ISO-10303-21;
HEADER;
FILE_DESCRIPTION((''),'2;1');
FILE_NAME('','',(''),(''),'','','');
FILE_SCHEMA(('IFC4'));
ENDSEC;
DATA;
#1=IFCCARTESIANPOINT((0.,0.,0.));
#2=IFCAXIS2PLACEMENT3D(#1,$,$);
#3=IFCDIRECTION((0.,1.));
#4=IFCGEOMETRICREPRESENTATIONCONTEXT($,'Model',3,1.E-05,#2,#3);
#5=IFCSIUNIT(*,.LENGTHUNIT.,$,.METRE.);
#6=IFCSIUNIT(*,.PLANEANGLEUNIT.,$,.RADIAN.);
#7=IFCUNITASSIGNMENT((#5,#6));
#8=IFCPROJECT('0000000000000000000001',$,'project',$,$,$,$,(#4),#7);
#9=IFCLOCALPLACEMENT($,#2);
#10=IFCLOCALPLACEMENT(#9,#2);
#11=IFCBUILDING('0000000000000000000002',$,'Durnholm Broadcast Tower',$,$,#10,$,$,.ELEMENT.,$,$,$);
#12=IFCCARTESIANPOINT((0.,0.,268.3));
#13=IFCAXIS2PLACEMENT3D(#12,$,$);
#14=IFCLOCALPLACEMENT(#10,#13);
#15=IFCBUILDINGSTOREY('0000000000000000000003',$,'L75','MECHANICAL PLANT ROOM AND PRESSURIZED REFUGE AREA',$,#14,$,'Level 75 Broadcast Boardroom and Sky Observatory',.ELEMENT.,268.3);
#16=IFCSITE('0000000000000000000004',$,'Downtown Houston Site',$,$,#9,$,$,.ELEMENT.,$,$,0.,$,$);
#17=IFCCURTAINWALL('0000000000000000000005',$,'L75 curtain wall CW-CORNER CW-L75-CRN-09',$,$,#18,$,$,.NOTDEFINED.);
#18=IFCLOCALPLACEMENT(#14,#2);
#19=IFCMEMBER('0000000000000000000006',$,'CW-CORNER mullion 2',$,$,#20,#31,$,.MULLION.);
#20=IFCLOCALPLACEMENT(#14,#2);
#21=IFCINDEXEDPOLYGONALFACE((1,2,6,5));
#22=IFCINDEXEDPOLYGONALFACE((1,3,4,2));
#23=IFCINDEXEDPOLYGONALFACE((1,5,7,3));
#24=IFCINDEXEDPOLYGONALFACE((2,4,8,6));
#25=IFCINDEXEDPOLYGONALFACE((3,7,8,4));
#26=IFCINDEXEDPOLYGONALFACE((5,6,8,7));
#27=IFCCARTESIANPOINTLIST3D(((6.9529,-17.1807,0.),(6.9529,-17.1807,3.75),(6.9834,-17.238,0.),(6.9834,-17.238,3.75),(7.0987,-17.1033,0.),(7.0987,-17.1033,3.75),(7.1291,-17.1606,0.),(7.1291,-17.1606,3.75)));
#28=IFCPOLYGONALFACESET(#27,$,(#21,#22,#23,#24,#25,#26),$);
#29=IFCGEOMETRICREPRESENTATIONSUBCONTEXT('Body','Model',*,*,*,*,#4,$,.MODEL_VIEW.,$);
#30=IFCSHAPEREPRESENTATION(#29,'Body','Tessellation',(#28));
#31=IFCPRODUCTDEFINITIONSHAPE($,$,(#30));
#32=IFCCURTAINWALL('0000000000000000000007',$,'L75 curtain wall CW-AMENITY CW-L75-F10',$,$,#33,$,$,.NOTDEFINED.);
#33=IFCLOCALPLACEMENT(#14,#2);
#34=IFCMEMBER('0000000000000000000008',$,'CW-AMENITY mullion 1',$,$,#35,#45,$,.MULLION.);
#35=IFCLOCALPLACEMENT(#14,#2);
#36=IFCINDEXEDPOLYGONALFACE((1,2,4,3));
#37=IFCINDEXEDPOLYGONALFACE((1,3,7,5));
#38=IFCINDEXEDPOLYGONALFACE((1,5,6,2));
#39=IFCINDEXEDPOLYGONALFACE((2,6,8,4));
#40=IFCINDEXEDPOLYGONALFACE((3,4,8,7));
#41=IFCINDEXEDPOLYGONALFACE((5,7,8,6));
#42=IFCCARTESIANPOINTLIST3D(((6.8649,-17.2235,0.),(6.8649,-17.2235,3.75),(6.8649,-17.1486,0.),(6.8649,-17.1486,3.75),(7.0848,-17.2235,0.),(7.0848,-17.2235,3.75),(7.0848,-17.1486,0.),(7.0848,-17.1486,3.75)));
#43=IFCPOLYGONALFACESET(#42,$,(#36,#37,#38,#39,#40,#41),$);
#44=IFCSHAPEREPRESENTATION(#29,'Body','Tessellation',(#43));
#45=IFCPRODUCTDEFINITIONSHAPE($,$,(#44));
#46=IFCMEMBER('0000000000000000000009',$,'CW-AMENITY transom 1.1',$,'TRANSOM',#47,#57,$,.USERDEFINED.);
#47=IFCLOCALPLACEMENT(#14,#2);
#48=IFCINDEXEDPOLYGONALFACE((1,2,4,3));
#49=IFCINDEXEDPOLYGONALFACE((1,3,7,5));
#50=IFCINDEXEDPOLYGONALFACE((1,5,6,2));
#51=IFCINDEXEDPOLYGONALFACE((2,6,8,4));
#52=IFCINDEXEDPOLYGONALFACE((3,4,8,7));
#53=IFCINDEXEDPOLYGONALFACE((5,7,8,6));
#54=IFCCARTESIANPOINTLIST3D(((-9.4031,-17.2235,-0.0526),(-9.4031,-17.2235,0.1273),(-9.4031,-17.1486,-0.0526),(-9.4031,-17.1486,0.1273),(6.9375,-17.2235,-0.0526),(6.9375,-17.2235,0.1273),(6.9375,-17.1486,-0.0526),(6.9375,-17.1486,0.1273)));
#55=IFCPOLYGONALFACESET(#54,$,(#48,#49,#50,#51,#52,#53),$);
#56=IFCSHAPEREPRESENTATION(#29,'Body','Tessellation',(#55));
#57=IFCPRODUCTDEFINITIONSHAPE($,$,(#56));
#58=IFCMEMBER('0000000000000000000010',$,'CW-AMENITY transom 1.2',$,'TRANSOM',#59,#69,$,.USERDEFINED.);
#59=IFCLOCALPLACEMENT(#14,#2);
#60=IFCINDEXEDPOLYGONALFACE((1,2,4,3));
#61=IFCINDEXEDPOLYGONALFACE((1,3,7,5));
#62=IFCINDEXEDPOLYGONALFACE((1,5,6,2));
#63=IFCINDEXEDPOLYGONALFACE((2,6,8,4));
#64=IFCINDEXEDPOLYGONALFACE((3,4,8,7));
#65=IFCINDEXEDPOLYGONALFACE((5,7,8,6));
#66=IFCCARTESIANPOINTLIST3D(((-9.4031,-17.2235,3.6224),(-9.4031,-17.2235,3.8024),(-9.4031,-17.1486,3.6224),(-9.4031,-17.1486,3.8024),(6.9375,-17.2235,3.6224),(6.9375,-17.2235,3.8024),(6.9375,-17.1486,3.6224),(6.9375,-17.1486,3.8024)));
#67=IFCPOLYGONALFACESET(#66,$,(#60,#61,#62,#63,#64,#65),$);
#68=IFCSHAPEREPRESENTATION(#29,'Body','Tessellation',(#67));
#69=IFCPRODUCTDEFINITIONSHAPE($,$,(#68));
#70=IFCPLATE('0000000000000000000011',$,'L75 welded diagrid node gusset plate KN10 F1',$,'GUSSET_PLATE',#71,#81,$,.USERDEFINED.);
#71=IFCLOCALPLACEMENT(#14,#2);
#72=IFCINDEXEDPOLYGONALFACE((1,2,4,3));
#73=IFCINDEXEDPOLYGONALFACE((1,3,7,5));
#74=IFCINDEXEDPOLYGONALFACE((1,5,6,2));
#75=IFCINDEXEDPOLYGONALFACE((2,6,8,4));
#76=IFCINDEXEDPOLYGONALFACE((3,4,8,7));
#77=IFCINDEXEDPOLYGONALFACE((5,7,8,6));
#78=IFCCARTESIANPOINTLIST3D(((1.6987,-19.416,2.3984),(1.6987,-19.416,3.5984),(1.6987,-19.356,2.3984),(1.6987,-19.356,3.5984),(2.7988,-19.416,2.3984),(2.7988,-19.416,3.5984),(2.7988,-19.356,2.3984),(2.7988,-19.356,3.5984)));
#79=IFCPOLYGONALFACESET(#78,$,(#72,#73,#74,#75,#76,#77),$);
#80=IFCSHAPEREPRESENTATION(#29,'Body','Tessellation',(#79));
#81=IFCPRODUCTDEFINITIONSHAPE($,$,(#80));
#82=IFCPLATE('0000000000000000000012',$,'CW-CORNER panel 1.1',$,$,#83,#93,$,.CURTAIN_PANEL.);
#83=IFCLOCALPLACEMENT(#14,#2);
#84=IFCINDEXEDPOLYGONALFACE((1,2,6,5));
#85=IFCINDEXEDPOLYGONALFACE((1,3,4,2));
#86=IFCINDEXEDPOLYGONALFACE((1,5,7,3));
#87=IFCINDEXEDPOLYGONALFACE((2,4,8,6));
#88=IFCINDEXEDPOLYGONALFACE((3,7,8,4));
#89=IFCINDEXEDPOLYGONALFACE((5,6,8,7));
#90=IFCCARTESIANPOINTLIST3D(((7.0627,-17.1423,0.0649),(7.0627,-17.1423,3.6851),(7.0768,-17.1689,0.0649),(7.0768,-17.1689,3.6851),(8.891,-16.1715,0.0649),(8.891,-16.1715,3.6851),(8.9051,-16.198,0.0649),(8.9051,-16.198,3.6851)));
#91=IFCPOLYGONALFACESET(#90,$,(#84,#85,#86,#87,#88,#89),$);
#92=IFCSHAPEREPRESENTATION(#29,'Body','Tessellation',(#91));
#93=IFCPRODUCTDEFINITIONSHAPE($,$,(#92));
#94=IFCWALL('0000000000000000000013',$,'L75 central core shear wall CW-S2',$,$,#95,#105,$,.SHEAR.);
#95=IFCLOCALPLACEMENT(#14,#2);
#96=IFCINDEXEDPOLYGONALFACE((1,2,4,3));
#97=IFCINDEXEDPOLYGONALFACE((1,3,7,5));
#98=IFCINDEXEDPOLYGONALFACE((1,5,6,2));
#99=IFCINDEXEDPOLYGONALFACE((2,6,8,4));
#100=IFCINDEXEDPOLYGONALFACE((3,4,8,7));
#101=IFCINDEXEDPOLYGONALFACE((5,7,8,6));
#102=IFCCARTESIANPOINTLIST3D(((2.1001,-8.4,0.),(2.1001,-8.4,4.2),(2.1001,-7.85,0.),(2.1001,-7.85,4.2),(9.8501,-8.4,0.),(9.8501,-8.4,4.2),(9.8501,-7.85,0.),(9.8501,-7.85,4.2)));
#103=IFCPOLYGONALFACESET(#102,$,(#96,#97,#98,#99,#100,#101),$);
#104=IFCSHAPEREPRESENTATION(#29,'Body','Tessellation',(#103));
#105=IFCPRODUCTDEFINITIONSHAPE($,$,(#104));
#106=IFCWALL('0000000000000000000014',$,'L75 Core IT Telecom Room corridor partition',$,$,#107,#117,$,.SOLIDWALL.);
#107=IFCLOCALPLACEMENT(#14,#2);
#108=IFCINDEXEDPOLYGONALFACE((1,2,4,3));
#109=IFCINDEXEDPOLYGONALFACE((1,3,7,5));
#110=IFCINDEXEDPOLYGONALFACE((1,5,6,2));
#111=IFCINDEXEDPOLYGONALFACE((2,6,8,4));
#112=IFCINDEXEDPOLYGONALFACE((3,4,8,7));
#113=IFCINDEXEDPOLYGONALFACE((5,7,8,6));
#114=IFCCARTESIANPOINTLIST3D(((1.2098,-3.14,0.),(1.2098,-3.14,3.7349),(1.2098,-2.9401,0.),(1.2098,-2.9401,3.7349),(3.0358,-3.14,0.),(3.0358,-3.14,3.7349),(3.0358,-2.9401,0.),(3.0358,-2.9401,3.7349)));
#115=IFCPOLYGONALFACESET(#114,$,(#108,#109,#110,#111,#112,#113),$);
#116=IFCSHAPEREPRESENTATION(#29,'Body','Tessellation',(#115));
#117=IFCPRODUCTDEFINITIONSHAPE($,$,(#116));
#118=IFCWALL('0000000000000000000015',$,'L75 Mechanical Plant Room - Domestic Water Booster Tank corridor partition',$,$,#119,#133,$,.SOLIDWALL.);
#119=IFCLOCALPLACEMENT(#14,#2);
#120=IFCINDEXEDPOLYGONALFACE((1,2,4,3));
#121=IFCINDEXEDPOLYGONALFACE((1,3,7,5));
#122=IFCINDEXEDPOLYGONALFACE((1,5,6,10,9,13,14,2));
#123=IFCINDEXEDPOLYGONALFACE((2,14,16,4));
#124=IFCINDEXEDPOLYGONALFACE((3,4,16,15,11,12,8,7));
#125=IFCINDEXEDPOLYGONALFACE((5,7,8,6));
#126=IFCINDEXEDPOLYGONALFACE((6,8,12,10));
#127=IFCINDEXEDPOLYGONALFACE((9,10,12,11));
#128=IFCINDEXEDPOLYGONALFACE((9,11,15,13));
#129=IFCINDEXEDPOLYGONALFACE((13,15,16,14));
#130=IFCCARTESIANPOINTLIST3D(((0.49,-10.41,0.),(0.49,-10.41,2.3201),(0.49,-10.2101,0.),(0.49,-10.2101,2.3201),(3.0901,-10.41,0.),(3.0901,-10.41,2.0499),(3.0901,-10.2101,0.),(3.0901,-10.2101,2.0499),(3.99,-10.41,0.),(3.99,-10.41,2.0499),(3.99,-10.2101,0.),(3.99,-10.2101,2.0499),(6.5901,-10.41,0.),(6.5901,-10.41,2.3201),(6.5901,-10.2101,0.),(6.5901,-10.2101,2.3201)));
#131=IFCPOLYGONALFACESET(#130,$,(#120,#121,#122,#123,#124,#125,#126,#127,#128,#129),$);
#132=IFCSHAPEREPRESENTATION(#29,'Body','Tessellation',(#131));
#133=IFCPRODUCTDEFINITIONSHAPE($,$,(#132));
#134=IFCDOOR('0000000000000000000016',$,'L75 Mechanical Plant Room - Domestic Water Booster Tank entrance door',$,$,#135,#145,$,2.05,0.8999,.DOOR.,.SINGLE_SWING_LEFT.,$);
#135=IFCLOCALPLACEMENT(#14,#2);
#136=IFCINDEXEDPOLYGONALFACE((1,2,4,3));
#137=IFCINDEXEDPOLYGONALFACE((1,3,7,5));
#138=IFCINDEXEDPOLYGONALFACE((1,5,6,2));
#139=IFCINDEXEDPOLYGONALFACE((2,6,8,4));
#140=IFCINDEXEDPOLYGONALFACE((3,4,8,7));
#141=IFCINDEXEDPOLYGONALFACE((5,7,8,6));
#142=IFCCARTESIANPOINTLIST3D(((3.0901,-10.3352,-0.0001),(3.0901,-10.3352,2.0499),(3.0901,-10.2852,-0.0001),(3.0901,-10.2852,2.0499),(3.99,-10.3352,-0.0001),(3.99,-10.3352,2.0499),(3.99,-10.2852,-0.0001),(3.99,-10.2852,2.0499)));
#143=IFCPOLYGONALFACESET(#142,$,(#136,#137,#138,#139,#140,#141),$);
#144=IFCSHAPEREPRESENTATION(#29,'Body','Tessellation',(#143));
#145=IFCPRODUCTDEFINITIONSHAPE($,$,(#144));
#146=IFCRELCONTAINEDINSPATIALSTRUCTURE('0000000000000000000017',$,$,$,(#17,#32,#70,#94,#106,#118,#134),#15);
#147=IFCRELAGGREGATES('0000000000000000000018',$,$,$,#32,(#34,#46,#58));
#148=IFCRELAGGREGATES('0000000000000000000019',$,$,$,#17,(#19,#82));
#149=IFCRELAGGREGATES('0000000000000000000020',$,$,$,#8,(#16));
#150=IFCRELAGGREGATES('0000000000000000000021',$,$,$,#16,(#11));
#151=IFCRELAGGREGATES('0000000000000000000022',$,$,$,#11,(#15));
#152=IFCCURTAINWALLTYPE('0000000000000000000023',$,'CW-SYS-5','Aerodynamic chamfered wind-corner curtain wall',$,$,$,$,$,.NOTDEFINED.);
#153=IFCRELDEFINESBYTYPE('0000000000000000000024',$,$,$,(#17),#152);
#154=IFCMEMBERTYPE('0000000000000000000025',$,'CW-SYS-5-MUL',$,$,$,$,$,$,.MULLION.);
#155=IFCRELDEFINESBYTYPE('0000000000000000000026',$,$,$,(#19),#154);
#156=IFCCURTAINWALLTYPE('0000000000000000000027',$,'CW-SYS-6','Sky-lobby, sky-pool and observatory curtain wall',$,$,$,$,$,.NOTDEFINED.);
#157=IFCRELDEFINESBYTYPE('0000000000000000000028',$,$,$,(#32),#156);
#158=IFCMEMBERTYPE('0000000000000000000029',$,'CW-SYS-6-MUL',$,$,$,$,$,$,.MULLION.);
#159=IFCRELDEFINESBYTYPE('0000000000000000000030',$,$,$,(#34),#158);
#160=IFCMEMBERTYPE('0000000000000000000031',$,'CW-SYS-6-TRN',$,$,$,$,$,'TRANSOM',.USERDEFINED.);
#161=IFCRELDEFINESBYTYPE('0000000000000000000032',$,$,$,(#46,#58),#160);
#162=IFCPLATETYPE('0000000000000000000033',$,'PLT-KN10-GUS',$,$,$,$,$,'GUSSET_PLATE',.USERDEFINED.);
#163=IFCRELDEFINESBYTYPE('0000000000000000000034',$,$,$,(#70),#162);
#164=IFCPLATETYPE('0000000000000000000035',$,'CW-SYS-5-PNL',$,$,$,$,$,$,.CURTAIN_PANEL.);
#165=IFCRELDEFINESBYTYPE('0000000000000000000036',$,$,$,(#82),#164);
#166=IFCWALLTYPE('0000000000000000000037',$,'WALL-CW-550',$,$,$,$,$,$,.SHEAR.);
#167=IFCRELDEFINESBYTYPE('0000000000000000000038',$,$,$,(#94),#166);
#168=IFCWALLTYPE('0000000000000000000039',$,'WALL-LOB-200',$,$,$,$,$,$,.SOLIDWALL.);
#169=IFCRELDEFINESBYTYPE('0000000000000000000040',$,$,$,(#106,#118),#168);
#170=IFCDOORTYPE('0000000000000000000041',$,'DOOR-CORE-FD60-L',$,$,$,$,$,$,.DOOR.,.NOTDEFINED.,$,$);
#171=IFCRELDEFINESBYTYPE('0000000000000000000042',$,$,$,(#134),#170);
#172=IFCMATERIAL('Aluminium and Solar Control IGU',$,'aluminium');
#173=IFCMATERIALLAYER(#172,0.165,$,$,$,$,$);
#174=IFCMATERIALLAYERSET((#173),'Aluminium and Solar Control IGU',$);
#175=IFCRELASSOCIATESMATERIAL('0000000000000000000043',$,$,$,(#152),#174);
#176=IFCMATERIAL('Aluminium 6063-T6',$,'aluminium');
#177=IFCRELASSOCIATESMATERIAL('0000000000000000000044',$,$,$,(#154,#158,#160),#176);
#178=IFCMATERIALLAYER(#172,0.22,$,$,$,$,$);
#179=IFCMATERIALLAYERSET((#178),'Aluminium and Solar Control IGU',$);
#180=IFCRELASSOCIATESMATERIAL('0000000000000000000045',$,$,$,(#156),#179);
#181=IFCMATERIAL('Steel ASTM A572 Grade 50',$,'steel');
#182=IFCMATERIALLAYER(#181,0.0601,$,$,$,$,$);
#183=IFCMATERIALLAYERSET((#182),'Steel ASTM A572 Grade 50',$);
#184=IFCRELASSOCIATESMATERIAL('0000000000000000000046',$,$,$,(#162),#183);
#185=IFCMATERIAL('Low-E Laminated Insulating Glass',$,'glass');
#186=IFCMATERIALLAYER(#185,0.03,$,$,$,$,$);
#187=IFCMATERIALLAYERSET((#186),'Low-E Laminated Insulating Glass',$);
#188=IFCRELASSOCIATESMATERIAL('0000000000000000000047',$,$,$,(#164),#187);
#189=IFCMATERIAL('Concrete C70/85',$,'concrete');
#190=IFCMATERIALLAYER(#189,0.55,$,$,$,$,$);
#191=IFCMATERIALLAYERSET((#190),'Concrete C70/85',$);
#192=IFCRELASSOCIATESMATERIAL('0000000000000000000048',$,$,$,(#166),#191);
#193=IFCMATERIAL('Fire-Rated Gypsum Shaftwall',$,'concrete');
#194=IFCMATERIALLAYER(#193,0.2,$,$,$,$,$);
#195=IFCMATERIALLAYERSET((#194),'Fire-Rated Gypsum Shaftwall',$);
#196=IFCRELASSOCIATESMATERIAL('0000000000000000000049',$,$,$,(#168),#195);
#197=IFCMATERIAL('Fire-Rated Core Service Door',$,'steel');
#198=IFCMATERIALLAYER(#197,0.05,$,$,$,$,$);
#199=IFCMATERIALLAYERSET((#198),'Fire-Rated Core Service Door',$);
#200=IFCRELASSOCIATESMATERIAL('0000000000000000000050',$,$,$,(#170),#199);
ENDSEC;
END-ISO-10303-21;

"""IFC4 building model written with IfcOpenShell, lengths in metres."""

from ifc_helpers import new_model, si_unit, direction, frame, frame_2d, origin, origin_2d, place, context, subcontext, project, spatial, rectangle, extrude, source, transform, mapped, material, layer, layer_set, material_profile, profile_set, type_object, type_shapes, element, fill, aggregate, save


model = new_model("IFC4")

# Units and contexts
model_context = context("Model", 3, precision=1e-05, world=origin(), true_north=direction((0.0, 1.0)))
body_context = subcontext(model_context, "Body", "Model", "MODEL_VIEW")
ifc_project = project(units=[si_unit("LENGTHUNIT", "METRE"), si_unit("PLANEANGLEUNIT", "RADIAN")], contexts=[model_context])

# Site, building, storey
site_placement = place(None, origin())
site = spatial("IfcSite", under=ifc_project, at=site_placement, Name="Downtown Houston Site", CompositionType="ELEMENT", RefElevation=0.0)
building_placement = place(site_placement, origin())
building = spatial("IfcBuilding", under=site, at=building_placement, Name="Durnholm Broadcast Tower", CompositionType="ELEMENT")
storey_placement = place(building_placement, frame((0.0, 0.0, 268.3)))
storey = spatial("IfcBuildingStorey", under=building, at=storey_placement, Name="L75", Description="MECHANICAL PLANT ROOM AND PRESSURIZED REFUGE AREA", LongName="Level 75 Broadcast Boardroom and Sky Observatory", CompositionType="ELEMENT", Elevation=268.3)

# Shared definitions
ifc_material_1 = material(Name="Concrete C70/85", Category="concrete")

# Curtain wall, member
ifc_material_2 = material(Name="Aluminium and Solar Control IGU", Category="aluminium")
ifc_layer_1 = layer(ifc_material_2, 0.165)
ifc_layer_set_1 = layer_set([ifc_layer_1], Name="Aluminium and Solar Control IGU")
curtain_wall_type_1 = type_object("IfcCurtainWallType", Name="CW-SYS-5", Description="Aerodynamic chamfered wind-corner curtain wall", PredefinedType="NOTDEFINED", material=ifc_layer_set_1)
curtain_wall_1_placement = place(storey_placement, origin())
curtain_wall_1 = element("IfcCurtainWall", 1, at=curtain_wall_1_placement, inside=storey, type_object=curtain_wall_type_1, Name="L75 curtain wall CW-CORNER CW-L75-CRN-09", PredefinedType="NOTDEFINED")
ifc_material_3 = material(Name="Aluminium 6063-T6", Category="aluminium")
ifc_material_profile_1 = material_profile(ifc_material_3, rectangle(XDim=0.0649, YDim=0.165, at=origin_2d()), Name="CWM65X165")
ifc_profile_set_1 = profile_set([ifc_material_profile_1], Name="Aluminium 6063-T6")
member_type_1 = type_object("IfcMemberType", Name="CW-SYS-5-MUL", PredefinedType="MULLION", material=ifc_profile_set_1)
shared_shape_1 = source(origin(), body_context, "Body", "SweptSolid", [
    extrude(rectangle(XDim=0.0649, YDim=0.165, at=origin_2d()), origin(), (0.0, 0.0, 1.0), 3.75),
])
type_shapes(member_type_1, [shared_shape_1])
member_1_placement = place(storey_placement, frame((7.041, -17.1707, 0.0), z_axis=(0.0, 0.0, 1.0), x_axis=(0.469007, -0.883195, 0.0)))
member_1 = element("IfcMember", 2, at=member_1_placement, type_object=member_type_1, Name="CW-CORNER mullion 2", PredefinedType="MULLION", context=body_context, shape_type="MappedRepresentation", body=[
    mapped(shared_shape_1, transform((0.0, 0.0, 0.0), x_axis=(1.0, 0.0, 0.0), y_axis=(0.0, 1.0, 0.0), z_axis=(0.0, 0.0, 1.0), scale=1.0)),
])

# Curtain wall, members
ifc_layer_2 = layer(ifc_material_2, 0.22)
ifc_layer_set_2 = layer_set([ifc_layer_2], Name="Aluminium and Solar Control IGU")
curtain_wall_type_2 = type_object("IfcCurtainWallType", Name="CW-SYS-6", Description="Sky-lobby, sky-pool and observatory curtain wall", PredefinedType="NOTDEFINED", material=ifc_layer_set_2)
curtain_wall_2_placement = place(storey_placement, origin())
curtain_wall_2 = element("IfcCurtainWall", 3, at=curtain_wall_2_placement, inside=storey, type_object=curtain_wall_type_2, Name="L75 curtain wall CW-AMENITY CW-L75-F10", PredefinedType="NOTDEFINED")
ifc_material_profile_2 = material_profile(ifc_material_3, rectangle(XDim=0.075, YDim=0.22, at=origin_2d()), Name="CWM75X220")
ifc_profile_set_2 = profile_set([ifc_material_profile_2], Name="Aluminium 6063-T6")
member_type_2 = type_object("IfcMemberType", Name="CW-SYS-6-MUL", PredefinedType="MULLION", material=ifc_profile_set_2)
shared_shape_2 = source(origin(), body_context, "Body", "SweptSolid", [
    extrude(rectangle(XDim=0.075, YDim=0.22, at=origin_2d()), origin(), (0.0, 0.0, 1.0), 3.75),
])
type_shapes(member_type_2, [shared_shape_2])
member_2_placement = place(storey_placement, frame((6.9749, -17.186, 0.0), z_axis=(0.0, 0.0, 1.0), x_axis=(0.0, -1.0, 0.0)))
member_2 = element("IfcMember", 4, at=member_2_placement, type_object=member_type_2, Name="CW-AMENITY mullion 1", PredefinedType="MULLION", context=body_context, shape_type="MappedRepresentation", body=[
    mapped(shared_shape_2, transform((0.0, 0.0, 0.0), x_axis=(1.0, 0.0, 0.0), y_axis=(0.0, 1.0, 0.0), z_axis=(0.0, 0.0, 1.0), scale=1.0)),
])
ifc_material_profile_3 = material_profile(ifc_material_3, rectangle(XDim=0.075, YDim=0.1799, at=origin_2d()), Name="CWT75X180")
ifc_profile_set_3 = profile_set([ifc_material_profile_3], Name="Aluminium 6063-T6")
member_type_3 = type_object("IfcMemberType", Name="CW-SYS-6-TRN", ElementType="TRANSOM", PredefinedType="USERDEFINED", material=ifc_profile_set_3)
shared_shape_3 = source(origin(), body_context, "Body", "SweptSolid", [
    extrude(rectangle(XDim=0.075, YDim=0.1799, at=origin_2d()), origin(), (0.0, 0.0, 1.0), 16.3406),
])
type_shapes(member_type_3, [shared_shape_3])
member_3_placement = place(storey_placement, frame((6.9375, -17.186, 0.0374), z_axis=(-1.0, 0.0, 0.0), x_axis=(0.0, -1.0, 0.0)))
member_3 = element("IfcMember", 5, at=member_3_placement, type_object=member_type_3, Name="CW-AMENITY transom 1.1", ObjectType="TRANSOM", PredefinedType="USERDEFINED", context=body_context, shape_type="MappedRepresentation", body=[
    mapped(shared_shape_3, transform((0.0, 0.0, 0.0), x_axis=(1.0, 0.0, 0.0), y_axis=(0.0, 1.0, 0.0), z_axis=(0.0, 0.0, 1.0), scale=1.0)),
])
member_4_placement = place(storey_placement, frame((6.9375, -17.186, 3.7124), z_axis=(-1.0, 0.0, 0.0), x_axis=(0.0, -1.0, 0.0)))
member_4 = element("IfcMember", 6, at=member_4_placement, type_object=member_type_3, Name="CW-AMENITY transom 1.2", ObjectType="TRANSOM", PredefinedType="USERDEFINED", context=body_context, shape_type="MappedRepresentation", body=[
    mapped(shared_shape_3, transform((0.0, 0.0, 0.0), x_axis=(1.0, 0.0, 0.0), y_axis=(0.0, 1.0, 0.0), z_axis=(0.0, 0.0, 1.0), scale=1.0)),
])
aggregate(curtain_wall_2, [member_2, member_3, member_4])

# Plates
ifc_material_4 = material(Name="Steel ASTM A572 Grade 50", Category="steel")
ifc_layer_3 = layer(ifc_material_4, 0.0601)
ifc_layer_set_3 = layer_set([ifc_layer_3], Name="Steel ASTM A572 Grade 50")
plate_type_1 = type_object("IfcPlateType", Name="PLT-KN10-GUS", ElementType="GUSSET_PLATE", PredefinedType="USERDEFINED", material=ifc_layer_set_3)
shared_shape_4 = source(origin(), body_context, "Body", "SweptSolid", [
    extrude(rectangle(XDim=1.1001, YDim=0.0601, at=origin_2d()), origin(), (0.0, 0.0, 1.0), 1.2),
])
type_shapes(plate_type_1, [shared_shape_4])
plate_1_placement = place(storey_placement, frame((2.2488, -19.386, 2.3984), z_axis=(0.0, 0.0, 1.0), x_axis=(1.0, 0.0, 0.0)))
element("IfcPlate", 7, at=plate_1_placement, inside=storey, type_object=plate_type_1, Name="L75 welded diagrid node gusset plate KN10 F1", ObjectType="GUSSET_PLATE", PredefinedType="USERDEFINED", context=body_context, shape_type="MappedRepresentation", body=[
    mapped(shared_shape_4, transform((0.0, 0.0, 0.0), x_axis=(1.0, 0.0, 0.0), y_axis=(0.0, 1.0, 0.0), z_axis=(0.0, 0.0, 1.0), scale=1.0)),
])
ifc_material_5 = material(Name="Low-E Laminated Insulating Glass", Category="glass")
ifc_layer_4 = layer(ifc_material_5, 0.03)
ifc_layer_set_4 = layer_set([ifc_layer_4], Name="Low-E Laminated Insulating Glass")
plate_type_2 = type_object("IfcPlateType", Name="CW-SYS-5-PNL", PredefinedType="CURTAIN_PANEL", material=ifc_layer_set_4)
shared_shape_5 = source(origin(), body_context, "Body", "SweptSolid", [
    extrude(rectangle(XDim=2.0701, YDim=0.03, at=origin_2d()), origin(), (0.0, 0.0, 1.0), 3.6201),
])
type_shapes(plate_type_2, [shared_shape_5])
plate_2_placement = place(storey_placement, frame((7.9839, -16.6702, 0.0649), z_axis=(0.0, 0.0, 1.0), x_axis=(-0.883195, -0.469007, 0.0)))
plate_2 = element("IfcPlate", 8, at=plate_2_placement, type_object=plate_type_2, Name="CW-CORNER panel 1.1", PredefinedType="CURTAIN_PANEL", context=body_context, shape_type="MappedRepresentation", body=[
    mapped(shared_shape_5, transform((0.0, 0.0, 0.0), x_axis=(1.0, 0.0, 0.0), y_axis=(0.0, 1.0, 0.0), z_axis=(0.0, 0.0, 1.0), scale=1.0)),
])
aggregate(curtain_wall_1, [member_1, plate_2])

# Walls
ifc_layer_5 = layer(ifc_material_1, 0.55)
ifc_layer_set_5 = layer_set([ifc_layer_5], Name="Concrete C70/85")
wall_type_1 = type_object("IfcWallType", Name="WALL-CW-550", PredefinedType="SHEAR", material=ifc_layer_set_5)
wall_1_placement = place(storey_placement, frame((2.1001, -8.125, 0.0), z_axis=(0.0, 0.0, 1.0), x_axis=(1.0, 0.0, 0.0)))
element("IfcWall", 9, at=wall_1_placement, inside=storey, type_object=wall_type_1, Name="L75 central core shear wall CW-S2", PredefinedType="SHEAR", context=body_context, shape_type="SweptSolid", body=[
    extrude(rectangle(XDim=7.75, YDim=0.55, at=frame_2d((3.875, 0.0))), origin(), (0.0, 0.0, 1.0), 4.2),
])
ifc_material_6 = material(Name="Fire-Rated Gypsum Shaftwall", Category="concrete")
ifc_layer_6 = layer(ifc_material_6, 0.2)
ifc_layer_set_6 = layer_set([ifc_layer_6], Name="Fire-Rated Gypsum Shaftwall")
wall_type_2 = type_object("IfcWallType", Name="WALL-LOB-200", PredefinedType="SOLIDWALL", material=ifc_layer_set_6)
wall_2_placement = place(storey_placement, frame((3.0359, -3.04, 0.0), z_axis=(0.0, 0.0, 1.0), x_axis=(-1.0, 0.0, 0.0)))
element("IfcWall", 10, at=wall_2_placement, inside=storey, type_object=wall_type_2, Name="L75 Core IT Telecom Room corridor partition", PredefinedType="SOLIDWALL", context=body_context, shape_type="SweptSolid", body=[
    extrude(rectangle(XDim=1.8259, YDim=0.2, at=frame_2d((0.9131, 0.0))), origin(), (0.0, 0.0, 1.0), 3.7349),
])

# Wall, opening, door
wall_3_placement = place(storey_placement, frame((0.49, -10.3101, 0.0), z_axis=(0.0, 0.0, 1.0), x_axis=(1.0, 0.0, 0.0)))
wall_3 = element("IfcWall", 11, at=wall_3_placement, inside=storey, type_object=wall_type_2, Name="L75 Mechanical Plant Room - Domestic Water Booster Tank corridor partition", PredefinedType="SOLIDWALL", context=body_context, shape_type="SweptSolid", body=[
    extrude(rectangle(XDim=6.1001, YDim=0.2, at=frame_2d((3.05, 0.0))), origin(), (0.0, 0.0, 1.0), 2.3201),
])
opening_1_placement = place(wall_3_placement, frame((2.6001, 0.0, 0.0)))
opening_1 = element("IfcOpeningElement", 12, at=opening_1_placement, cuts=wall_3, PredefinedType="OPENING", context=body_context, shape_type="SweptSolid", body=[
    extrude(rectangle(XDim=0.8999, YDim=2.05, at=frame_2d((0.45, 1.0249))), frame((0.0, 0.1099, 0.0), z_axis=(0.0, -1.0, 0.0), x_axis=(1.0, 0.0, 0.0)), (0.0, 0.0, 1.0), 0.22),
])
ifc_material_7 = material(Name="Fire-Rated Core Service Door", Category="steel")
ifc_layer_7 = layer(ifc_material_7, 0.05)
ifc_layer_set_7 = layer_set([ifc_layer_7], Name="Fire-Rated Core Service Door")
door_type_1 = type_object("IfcDoorType", Name="DOOR-CORE-FD60-L", OperationType="NOTDEFINED", PredefinedType="DOOR", material=ifc_layer_set_7)
shared_shape_6 = source(origin(), body_context, "Body", "SweptSolid", [
    extrude(rectangle(XDim=0.8999, YDim=2.05, at=frame_2d((0.45, 1.0249))), frame((0.0, 0.0249, 0.0), z_axis=(0.0, -1.0, 0.0), x_axis=(1.0, 0.0, 0.0)), (0.0, 0.0, 1.0), 0.05),
])
type_shapes(door_type_1, [shared_shape_6])
door_1_placement = place(opening_1_placement, origin())
door_1 = element("IfcDoor", 13, at=door_1_placement, inside=storey, type_object=door_type_1, Name="L75 Mechanical Plant Room - Domestic Water Booster Tank entrance door", OperationType="SINGLE_SWING_LEFT", OverallHeight=2.05, OverallWidth=0.8999, PredefinedType="DOOR", context=body_context, shape_type="MappedRepresentation", body=[
    mapped(shared_shape_6, transform((0.0, 0.0, 0.0), x_axis=(1.0, 0.0, 0.0), y_axis=(0.0, 1.0, 0.0), z_axis=(0.0, 0.0, 1.0), scale=1.0)),
])
fill(opening_1, door_1)

save(model, "model.ifc")
